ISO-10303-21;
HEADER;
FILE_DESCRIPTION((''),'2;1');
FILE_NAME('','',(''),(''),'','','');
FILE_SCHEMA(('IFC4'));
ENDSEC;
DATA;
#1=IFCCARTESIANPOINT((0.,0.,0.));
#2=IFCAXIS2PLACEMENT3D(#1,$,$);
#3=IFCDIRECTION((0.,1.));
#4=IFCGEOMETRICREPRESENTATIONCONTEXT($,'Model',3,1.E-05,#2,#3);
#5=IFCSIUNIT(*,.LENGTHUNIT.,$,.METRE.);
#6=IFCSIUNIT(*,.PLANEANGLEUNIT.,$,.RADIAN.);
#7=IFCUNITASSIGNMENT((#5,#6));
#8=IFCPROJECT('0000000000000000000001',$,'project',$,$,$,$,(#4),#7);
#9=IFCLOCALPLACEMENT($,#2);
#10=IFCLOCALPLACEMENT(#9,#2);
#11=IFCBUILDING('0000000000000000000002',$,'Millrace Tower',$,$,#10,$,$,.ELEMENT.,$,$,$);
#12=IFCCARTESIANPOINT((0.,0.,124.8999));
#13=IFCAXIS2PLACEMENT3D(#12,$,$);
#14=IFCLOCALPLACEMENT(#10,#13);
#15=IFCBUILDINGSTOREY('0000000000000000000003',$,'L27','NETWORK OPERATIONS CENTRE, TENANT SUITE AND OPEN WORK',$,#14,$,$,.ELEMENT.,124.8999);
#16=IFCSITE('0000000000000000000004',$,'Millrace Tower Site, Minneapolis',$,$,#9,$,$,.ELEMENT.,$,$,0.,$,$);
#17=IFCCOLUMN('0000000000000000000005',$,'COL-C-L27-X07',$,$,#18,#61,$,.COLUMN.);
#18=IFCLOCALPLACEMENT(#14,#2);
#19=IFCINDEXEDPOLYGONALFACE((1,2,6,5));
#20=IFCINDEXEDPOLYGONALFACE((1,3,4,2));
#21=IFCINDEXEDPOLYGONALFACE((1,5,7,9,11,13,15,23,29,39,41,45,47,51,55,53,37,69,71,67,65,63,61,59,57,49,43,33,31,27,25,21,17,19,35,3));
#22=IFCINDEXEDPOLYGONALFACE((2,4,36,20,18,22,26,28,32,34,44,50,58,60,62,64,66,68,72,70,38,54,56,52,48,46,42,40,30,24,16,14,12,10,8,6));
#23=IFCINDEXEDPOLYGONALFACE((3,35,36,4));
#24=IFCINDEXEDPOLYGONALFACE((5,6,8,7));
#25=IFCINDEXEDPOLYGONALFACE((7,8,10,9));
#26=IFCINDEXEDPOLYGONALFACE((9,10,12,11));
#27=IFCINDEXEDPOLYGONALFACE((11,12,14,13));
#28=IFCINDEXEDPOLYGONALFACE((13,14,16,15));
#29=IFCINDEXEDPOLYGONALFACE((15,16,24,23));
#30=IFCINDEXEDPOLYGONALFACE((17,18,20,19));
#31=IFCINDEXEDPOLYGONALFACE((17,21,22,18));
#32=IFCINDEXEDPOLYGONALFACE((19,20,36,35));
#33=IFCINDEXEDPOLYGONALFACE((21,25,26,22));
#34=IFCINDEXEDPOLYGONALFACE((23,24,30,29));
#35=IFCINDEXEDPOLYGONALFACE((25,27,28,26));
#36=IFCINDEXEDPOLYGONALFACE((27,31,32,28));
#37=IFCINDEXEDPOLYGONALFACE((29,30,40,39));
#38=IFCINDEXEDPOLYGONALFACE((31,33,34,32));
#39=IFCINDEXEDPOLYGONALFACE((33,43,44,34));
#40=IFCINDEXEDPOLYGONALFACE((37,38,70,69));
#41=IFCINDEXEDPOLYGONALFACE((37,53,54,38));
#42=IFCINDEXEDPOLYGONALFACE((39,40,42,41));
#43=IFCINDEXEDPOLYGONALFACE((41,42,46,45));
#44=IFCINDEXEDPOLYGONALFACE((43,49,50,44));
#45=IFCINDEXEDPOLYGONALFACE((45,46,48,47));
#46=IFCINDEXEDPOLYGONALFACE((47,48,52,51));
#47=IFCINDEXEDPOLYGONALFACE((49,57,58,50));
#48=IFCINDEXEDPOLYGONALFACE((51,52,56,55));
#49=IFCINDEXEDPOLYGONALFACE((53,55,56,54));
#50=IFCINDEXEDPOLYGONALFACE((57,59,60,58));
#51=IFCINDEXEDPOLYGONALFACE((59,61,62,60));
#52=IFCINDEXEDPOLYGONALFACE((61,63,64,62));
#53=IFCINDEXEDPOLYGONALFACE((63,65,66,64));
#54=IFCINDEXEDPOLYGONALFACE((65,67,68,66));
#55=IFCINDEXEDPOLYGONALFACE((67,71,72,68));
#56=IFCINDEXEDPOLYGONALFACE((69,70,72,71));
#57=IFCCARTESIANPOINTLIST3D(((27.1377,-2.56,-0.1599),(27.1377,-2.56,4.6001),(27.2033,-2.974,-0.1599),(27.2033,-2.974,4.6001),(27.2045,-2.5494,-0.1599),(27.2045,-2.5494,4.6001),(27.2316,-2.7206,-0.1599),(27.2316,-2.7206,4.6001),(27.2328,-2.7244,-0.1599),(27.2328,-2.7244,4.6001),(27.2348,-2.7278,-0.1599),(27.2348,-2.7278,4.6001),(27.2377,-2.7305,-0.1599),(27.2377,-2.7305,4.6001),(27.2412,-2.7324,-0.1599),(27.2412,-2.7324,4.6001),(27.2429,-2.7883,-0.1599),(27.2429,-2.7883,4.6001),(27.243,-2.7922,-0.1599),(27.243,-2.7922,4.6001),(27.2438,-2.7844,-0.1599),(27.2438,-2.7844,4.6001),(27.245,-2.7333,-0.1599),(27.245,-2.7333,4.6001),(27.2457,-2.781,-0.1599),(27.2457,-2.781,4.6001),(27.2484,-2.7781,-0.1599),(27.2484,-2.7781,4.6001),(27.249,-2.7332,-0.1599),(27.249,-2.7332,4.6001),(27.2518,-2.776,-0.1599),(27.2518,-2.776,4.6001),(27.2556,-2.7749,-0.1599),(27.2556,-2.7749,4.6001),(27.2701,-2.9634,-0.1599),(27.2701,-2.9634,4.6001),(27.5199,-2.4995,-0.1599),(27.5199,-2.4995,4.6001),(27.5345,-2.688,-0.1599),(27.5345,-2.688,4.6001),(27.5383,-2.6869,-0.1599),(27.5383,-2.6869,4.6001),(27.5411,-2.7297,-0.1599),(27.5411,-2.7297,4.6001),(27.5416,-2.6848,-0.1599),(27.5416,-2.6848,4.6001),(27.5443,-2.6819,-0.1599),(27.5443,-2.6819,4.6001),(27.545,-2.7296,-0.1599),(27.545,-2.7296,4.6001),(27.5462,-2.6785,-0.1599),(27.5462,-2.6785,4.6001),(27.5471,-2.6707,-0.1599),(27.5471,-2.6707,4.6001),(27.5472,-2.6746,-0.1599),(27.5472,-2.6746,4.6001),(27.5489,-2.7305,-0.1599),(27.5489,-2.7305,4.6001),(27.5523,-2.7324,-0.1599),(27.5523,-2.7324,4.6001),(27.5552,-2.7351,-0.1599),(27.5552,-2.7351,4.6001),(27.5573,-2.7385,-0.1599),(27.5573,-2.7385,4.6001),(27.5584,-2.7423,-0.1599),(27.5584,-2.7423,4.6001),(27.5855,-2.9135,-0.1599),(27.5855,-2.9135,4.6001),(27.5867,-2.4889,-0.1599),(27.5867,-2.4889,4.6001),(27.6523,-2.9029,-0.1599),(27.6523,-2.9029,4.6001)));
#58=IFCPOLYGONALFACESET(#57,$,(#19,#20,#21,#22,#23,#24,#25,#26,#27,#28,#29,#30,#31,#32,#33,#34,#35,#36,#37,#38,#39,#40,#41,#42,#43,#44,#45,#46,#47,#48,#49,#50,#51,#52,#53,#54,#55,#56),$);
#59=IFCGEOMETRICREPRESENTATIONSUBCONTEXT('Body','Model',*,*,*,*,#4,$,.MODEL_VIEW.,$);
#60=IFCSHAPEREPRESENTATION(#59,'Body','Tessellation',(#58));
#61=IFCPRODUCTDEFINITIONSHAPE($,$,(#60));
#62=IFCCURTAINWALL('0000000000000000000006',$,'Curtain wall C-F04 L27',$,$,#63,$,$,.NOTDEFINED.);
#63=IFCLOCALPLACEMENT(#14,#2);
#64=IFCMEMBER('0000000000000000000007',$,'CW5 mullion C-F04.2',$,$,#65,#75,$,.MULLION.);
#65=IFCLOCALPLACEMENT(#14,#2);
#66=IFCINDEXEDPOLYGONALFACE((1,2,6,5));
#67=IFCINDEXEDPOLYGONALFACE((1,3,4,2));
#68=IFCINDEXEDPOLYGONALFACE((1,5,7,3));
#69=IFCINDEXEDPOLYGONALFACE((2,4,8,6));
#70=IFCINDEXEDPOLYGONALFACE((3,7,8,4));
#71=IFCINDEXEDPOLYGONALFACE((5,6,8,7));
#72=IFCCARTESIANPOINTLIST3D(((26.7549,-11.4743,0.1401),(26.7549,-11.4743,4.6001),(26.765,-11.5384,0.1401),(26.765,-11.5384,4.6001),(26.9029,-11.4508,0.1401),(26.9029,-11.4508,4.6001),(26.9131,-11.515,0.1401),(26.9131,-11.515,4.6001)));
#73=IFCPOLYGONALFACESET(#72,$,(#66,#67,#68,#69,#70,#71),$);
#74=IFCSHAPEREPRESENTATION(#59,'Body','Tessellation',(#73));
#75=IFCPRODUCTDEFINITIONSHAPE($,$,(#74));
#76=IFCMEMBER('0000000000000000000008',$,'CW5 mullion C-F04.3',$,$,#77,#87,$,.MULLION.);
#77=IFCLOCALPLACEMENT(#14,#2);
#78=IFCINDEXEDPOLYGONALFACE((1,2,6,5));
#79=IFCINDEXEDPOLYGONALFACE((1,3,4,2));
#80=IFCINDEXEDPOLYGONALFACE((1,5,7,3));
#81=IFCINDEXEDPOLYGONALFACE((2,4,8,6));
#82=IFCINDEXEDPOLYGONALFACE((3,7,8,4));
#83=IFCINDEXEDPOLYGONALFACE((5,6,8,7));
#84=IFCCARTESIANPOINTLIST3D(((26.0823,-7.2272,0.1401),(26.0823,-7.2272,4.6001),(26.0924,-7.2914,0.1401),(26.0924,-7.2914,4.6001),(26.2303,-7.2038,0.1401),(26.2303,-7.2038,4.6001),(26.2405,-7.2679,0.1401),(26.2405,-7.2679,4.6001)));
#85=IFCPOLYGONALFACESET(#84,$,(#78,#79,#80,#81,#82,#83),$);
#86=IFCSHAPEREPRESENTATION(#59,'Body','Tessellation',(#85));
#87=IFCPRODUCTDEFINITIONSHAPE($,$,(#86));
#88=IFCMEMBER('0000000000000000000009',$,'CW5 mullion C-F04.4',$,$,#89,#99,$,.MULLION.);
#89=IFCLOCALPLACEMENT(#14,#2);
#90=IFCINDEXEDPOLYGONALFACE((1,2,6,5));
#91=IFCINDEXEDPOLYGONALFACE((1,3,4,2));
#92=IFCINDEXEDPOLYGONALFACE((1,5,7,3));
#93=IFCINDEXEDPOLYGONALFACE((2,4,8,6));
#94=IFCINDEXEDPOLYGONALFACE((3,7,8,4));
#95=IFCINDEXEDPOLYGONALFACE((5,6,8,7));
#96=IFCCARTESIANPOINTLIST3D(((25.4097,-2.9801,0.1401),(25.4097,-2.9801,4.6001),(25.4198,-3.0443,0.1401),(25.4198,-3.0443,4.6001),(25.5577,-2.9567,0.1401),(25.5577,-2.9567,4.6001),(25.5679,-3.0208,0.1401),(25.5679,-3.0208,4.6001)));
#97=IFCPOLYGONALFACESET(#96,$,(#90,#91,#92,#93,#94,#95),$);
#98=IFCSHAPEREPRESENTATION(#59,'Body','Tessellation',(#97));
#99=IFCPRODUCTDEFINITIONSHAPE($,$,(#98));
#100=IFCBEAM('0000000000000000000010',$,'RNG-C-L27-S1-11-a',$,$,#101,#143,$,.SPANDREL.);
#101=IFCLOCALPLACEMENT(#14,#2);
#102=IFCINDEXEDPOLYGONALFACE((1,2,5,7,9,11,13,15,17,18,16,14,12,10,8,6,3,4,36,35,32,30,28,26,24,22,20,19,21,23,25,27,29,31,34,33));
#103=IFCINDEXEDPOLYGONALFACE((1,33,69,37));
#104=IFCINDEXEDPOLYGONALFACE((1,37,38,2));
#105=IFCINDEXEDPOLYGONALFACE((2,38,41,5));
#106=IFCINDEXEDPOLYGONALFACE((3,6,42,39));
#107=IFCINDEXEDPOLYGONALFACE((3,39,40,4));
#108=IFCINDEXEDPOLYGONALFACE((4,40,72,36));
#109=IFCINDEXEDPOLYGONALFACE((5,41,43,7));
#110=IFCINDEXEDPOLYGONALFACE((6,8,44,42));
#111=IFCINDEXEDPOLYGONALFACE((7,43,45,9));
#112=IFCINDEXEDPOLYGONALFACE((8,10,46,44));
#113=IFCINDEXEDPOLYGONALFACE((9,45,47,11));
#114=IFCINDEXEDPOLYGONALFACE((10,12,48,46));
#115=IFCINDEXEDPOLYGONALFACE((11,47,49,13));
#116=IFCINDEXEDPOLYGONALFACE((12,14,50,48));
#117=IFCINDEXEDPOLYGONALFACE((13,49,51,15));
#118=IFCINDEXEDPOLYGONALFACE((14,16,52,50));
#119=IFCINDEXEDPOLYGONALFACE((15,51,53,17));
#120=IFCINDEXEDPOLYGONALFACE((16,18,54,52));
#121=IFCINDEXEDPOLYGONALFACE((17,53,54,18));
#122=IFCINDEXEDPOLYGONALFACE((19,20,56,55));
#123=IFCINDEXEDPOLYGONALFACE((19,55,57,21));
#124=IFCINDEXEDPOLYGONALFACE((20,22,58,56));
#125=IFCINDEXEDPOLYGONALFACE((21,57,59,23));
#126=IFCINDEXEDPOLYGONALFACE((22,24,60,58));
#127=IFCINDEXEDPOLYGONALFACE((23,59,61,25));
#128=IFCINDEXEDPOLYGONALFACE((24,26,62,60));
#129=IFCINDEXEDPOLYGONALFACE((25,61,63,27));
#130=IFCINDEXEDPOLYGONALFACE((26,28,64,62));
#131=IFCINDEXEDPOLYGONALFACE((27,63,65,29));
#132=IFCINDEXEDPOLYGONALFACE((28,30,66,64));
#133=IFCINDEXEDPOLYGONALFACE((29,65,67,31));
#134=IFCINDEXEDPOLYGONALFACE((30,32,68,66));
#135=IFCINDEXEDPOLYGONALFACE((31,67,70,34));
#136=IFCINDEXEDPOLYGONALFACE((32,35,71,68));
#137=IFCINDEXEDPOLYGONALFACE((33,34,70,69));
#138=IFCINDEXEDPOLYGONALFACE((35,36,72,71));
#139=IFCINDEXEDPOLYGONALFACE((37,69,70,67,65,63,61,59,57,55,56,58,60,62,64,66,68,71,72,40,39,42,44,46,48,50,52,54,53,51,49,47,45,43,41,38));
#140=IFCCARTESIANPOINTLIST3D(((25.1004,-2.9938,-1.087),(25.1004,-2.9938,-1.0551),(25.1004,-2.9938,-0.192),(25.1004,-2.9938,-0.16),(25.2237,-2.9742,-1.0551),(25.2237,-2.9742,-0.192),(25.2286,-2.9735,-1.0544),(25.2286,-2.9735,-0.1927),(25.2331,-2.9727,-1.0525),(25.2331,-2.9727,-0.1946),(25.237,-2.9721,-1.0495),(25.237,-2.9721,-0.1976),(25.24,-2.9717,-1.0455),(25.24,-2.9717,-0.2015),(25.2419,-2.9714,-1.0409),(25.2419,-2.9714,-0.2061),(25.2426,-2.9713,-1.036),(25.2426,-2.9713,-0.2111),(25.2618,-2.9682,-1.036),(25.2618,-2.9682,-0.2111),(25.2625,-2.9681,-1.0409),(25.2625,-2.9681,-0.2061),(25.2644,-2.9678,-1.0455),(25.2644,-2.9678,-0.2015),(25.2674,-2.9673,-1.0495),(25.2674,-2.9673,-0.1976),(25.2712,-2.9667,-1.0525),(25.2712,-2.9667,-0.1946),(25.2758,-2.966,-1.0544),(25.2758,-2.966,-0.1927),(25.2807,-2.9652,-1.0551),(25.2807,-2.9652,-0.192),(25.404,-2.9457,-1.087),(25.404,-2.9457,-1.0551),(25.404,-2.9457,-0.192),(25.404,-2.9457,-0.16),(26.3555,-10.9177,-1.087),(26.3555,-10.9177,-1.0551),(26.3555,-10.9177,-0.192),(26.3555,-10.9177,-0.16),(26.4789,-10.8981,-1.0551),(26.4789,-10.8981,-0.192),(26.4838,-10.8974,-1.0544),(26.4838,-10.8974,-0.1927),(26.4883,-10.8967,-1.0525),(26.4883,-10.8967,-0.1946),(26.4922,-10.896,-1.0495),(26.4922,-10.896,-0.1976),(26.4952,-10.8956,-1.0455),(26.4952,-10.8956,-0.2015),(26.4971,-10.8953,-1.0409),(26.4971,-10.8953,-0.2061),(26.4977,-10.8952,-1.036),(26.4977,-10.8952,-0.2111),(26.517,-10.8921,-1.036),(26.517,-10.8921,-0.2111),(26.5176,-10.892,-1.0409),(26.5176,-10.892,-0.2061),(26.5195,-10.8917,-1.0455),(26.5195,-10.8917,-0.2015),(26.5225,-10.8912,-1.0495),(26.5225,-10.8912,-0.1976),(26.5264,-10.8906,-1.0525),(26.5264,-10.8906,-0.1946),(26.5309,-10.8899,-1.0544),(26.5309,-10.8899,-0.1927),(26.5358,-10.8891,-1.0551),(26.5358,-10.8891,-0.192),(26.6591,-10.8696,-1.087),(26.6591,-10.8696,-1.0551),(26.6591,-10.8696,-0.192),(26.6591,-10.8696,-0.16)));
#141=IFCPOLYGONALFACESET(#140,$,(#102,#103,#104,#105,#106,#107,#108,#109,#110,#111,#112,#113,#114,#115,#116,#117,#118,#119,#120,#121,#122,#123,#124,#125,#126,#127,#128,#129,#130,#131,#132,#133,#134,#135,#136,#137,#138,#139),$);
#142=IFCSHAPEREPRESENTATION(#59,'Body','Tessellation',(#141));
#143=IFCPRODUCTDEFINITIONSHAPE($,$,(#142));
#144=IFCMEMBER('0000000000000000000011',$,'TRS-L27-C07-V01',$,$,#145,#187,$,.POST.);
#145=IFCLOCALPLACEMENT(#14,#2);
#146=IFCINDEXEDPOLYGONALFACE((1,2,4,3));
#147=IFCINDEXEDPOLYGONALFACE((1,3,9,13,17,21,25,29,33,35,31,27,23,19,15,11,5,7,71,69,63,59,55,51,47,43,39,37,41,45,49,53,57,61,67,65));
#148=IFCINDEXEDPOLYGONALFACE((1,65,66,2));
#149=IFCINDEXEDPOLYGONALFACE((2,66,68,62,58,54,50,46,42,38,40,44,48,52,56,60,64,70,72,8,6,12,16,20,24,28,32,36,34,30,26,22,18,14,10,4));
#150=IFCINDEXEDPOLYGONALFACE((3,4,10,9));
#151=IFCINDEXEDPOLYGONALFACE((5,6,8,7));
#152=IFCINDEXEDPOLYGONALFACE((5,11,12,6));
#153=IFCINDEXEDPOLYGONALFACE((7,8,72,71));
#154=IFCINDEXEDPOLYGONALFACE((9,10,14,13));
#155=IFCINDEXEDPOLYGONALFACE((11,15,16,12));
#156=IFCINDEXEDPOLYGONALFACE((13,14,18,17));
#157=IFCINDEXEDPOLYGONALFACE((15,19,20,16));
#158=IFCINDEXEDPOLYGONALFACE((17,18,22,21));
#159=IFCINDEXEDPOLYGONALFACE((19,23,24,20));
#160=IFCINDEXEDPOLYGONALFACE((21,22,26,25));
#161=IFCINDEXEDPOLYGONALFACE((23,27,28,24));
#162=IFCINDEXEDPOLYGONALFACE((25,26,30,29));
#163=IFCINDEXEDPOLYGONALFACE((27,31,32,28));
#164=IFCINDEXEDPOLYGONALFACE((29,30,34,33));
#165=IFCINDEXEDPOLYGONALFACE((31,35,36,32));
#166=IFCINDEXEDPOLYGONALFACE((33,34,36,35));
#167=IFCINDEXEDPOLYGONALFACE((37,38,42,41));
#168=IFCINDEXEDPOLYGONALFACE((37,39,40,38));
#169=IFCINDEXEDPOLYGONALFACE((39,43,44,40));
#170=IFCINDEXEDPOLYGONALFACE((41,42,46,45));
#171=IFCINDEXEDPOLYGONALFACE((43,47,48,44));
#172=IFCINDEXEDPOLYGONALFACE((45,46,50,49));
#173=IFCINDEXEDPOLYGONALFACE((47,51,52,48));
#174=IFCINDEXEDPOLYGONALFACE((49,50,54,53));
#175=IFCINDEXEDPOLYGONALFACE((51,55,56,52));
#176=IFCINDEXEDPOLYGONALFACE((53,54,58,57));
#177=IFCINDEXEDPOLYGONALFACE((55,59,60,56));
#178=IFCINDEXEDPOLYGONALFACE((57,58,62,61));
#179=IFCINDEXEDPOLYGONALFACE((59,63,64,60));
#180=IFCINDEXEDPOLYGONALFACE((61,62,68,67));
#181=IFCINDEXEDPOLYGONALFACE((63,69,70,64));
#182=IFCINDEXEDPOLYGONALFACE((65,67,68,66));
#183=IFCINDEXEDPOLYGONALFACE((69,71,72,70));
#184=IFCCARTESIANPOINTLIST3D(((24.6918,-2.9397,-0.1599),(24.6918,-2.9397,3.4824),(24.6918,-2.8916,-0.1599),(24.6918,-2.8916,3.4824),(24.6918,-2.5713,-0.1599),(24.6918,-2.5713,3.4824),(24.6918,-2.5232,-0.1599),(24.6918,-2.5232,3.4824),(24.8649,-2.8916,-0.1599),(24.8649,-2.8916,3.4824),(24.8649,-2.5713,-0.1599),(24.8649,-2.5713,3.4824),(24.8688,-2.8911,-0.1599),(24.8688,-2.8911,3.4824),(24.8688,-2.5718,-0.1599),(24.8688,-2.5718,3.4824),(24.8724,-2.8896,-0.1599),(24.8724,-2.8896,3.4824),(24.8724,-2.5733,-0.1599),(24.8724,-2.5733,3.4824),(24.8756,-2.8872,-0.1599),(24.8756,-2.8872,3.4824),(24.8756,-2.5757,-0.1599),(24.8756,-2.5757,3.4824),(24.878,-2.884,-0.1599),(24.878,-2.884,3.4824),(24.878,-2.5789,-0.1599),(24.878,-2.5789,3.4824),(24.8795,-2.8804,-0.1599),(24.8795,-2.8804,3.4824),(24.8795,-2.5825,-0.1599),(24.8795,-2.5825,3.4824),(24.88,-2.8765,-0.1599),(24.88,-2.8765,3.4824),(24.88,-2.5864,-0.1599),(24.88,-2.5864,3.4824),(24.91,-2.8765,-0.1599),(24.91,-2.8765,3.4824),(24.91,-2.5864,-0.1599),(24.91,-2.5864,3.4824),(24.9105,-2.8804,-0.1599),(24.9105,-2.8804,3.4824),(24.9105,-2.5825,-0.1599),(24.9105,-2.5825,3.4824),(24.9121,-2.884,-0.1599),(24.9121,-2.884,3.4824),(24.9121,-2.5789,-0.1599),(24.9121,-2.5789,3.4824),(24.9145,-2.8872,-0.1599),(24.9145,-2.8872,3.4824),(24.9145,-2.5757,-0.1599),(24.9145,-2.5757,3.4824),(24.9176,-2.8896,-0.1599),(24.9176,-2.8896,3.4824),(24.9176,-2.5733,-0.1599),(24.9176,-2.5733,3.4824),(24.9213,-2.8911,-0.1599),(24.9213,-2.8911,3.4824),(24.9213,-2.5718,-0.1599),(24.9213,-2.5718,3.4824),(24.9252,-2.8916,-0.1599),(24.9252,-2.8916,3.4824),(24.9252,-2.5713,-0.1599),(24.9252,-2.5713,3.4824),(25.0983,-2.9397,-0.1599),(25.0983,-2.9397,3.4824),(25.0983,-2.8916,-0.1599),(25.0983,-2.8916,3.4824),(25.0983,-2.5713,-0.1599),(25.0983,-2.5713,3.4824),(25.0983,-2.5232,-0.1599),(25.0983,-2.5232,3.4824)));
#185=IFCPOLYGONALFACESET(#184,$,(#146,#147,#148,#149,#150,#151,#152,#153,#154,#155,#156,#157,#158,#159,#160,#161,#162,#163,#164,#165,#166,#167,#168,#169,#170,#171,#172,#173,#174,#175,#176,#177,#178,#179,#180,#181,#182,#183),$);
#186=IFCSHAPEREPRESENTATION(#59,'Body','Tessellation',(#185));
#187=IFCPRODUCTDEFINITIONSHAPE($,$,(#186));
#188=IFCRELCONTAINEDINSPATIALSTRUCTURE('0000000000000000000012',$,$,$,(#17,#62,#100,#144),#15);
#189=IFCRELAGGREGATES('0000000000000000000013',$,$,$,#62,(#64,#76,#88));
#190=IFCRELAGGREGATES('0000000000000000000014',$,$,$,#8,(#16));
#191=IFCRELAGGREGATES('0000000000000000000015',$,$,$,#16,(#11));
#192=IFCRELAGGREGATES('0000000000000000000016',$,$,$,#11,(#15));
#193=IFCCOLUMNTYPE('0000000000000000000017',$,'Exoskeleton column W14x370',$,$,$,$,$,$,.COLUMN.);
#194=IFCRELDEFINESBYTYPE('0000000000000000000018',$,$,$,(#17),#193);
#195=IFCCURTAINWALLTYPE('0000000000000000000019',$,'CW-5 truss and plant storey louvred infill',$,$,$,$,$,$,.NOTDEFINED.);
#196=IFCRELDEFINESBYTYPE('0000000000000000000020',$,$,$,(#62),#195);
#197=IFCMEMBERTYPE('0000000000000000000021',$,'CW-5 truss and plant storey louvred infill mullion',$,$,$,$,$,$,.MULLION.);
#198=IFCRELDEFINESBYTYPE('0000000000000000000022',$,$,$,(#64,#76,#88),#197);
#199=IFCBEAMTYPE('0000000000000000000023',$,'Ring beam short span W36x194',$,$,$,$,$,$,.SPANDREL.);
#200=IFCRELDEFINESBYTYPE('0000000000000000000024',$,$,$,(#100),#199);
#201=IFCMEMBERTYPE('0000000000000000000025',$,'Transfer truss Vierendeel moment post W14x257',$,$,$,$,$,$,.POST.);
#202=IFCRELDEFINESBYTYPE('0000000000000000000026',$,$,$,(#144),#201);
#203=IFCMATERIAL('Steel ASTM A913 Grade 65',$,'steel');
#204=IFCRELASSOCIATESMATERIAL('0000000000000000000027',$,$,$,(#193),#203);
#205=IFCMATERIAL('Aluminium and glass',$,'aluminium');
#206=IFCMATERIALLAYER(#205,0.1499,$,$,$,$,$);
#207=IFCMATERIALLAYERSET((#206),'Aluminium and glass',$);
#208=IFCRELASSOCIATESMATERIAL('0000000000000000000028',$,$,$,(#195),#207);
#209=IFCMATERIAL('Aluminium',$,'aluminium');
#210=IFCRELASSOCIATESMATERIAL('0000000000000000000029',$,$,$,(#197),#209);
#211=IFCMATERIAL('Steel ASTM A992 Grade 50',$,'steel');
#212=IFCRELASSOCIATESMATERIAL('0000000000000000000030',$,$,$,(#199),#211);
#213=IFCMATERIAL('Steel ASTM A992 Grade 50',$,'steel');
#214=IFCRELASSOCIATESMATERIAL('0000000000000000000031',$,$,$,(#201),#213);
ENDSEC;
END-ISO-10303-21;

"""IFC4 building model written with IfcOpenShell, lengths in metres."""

from ifc_helpers import new_model, si_unit, direction, frame, origin, origin_2d, place, context, subcontext, project, spatial, rectangle, i_section, extrude, material, layer, layer_set, material_profile, profile_set, type_object, element, aggregate, save


model = new_model("IFC4")

# Units and contexts
model_context = context("Model", 3, precision=1e-05, world=origin(), true_north=direction((0.0, 1.0)))
body_context = subcontext(model_context, "Body", "Model", "MODEL_VIEW")
ifc_project = project(units=[si_unit("LENGTHUNIT", "METRE"), si_unit("PLANEANGLEUNIT", "RADIAN")], contexts=[model_context])

# Site, building, storey
site_placement = place(None, origin())
site = spatial("IfcSite", under=ifc_project, at=site_placement, Name="Millrace Tower Site, Minneapolis", CompositionType="ELEMENT", RefElevation=0.0)
building_placement = place(site_placement, origin())
building = spatial("IfcBuilding", under=site, at=building_placement, Name="Millrace Tower", CompositionType="ELEMENT")
storey_placement = place(building_placement, frame((0.0, 0.0, 124.8999)))
storey = spatial("IfcBuildingStorey", under=building, at=storey_placement, Name="L27", Description="NETWORK OPERATIONS CENTRE, TENANT SUITE AND OPEN WORK", CompositionType="ELEMENT", Elevation=124.8999)

# Column
ifc_material_1 = material(Name="Steel ASTM A913 Grade 65", Category="steel")
ifc_material_profile_1 = material_profile(ifc_material_1, i_section(OverallWidth=0.4192, OverallDepth=0.4546, WebThickness=0.0422, FlangeThickness=0.0676, FilletRadius=0.0151, at=origin_2d()))
ifc_profile_set_1 = profile_set([ifc_material_profile_1], Name="Steel ASTM A913 Grade 65")
column_type = type_object("IfcColumnType", Name="Exoskeleton column W14x370", PredefinedType="COLUMN", material=ifc_profile_set_1)
column_placement = place(storey_placement, frame((27.395, -2.7314, -0.1599), z_axis=(0.0, 0.0, 1.0), x_axis=(-0.156434, 0.987688, 0.0)))
element("IfcColumn", 1, at=column_placement, inside=storey, type_object=column_type, Name="COL-C-L27-X07", PredefinedType="COLUMN", context=body_context, shape_type="SweptSolid", body=[
    extrude(i_section(OverallWidth=0.4192, OverallDepth=0.4546, WebThickness=0.0422, FlangeThickness=0.0676, FilletRadius=0.0151, at=origin_2d()), origin(), (0.0, 0.0, 1.0), 4.76),
])

# Curtain wall, members
ifc_material_2 = material(Name="Aluminium and glass", Category="aluminium")
ifc_layer_1 = layer(ifc_material_2, 0.1499)
ifc_layer_set_1 = layer_set([ifc_layer_1], Name="Aluminium and glass")
curtain_wall_type = type_object("IfcCurtainWallType", Name="CW-5 truss and plant storey louvred infill", PredefinedType="NOTDEFINED", material=ifc_layer_set_1)
curtain_wall_placement = place(storey_placement, origin())
curtain_wall = element("IfcCurtainWall", 2, at=curtain_wall_placement, inside=storey, type_object=curtain_wall_type, Name="Curtain wall C-F04 L27", PredefinedType="NOTDEFINED")
ifc_material_3 = material(Name="Aluminium", Category="aluminium")
ifc_material_profile_2 = material_profile(ifc_material_3, rectangle(XDim=0.0649, YDim=0.1499, at=origin_2d()))
ifc_profile_set_2 = profile_set([ifc_material_profile_2], Name="Aluminium")
member_type_1 = type_object("IfcMemberType", Name="CW-5 truss and plant storey louvred infill mullion", PredefinedType="MULLION", material=ifc_profile_set_2)
member_1_placement = place(storey_placement, frame((26.834, -11.4946, 0.1401), z_axis=(0.0, 0.0, 1.0), x_axis=(-0.156434, 0.987688, 0.0)))
member_1 = element("IfcMember", 3, at=member_1_placement, type_object=member_type_1, Name="CW5 mullion C-F04.2", PredefinedType="MULLION", context=body_context, shape_type="SweptSolid", body=[
    extrude(rectangle(XDim=0.0649, YDim=0.1499, at=origin_2d()), origin(), (0.0, 0.0, 1.0), 4.46),
])
member_2_placement = place(storey_placement, frame((26.1614, -7.2476, 0.1401), z_axis=(0.0, 0.0, 1.0), x_axis=(-0.156434, 0.987688, 0.0)))
member_2 = element("IfcMember", 4, at=member_2_placement, type_object=member_type_1, Name="CW5 mullion C-F04.3", PredefinedType="MULLION", context=body_context, shape_type="SweptSolid", body=[
    extrude(rectangle(XDim=0.0649, YDim=0.1499, at=origin_2d()), origin(), (0.0, 0.0, 1.0), 4.46),
])
member_3_placement = place(storey_placement, frame((25.4888, -3.0005, 0.1401), z_axis=(0.0, 0.0, 1.0), x_axis=(-0.156434, 0.987688, 0.0)))
member_3 = element("IfcMember", 5, at=member_3_placement, type_object=member_type_1, Name="CW5 mullion C-F04.4", PredefinedType="MULLION", context=body_context, shape_type="SweptSolid", body=[
    extrude(rectangle(XDim=0.0649, YDim=0.1499, at=origin_2d()), origin(), (0.0, 0.0, 1.0), 4.46),
])
aggregate(curtain_wall, [member_1, member_2, member_3])

# Beam
ifc_material_4 = material(Name="Steel ASTM A992 Grade 50", Category="steel")
ifc_material_profile_3 = material_profile(ifc_material_4, i_section(OverallWidth=0.3074, OverallDepth=0.927, WebThickness=0.0195, FlangeThickness=0.032, FilletRadius=0.019, at=origin_2d()))
ifc_profile_set_3 = profile_set([ifc_material_profile_3], Name="Steel ASTM A992 Grade 50")
beam_type_1 = type_object("IfcBeamType", Name="Ring beam short span W36x194", PredefinedType="SPANDREL", material=ifc_profile_set_3)
beam_placement = place(storey_placement, frame((25.2522, -2.9697, -0.6235), z_axis=(0.156449, -0.987686, 0.0), x_axis=(0.987686, 0.156449, 0.0)))
element("IfcBeam", 6, at=beam_placement, inside=storey, type_object=beam_type_1, Name="RNG-C-L27-S1-11-a", PredefinedType="SPANDREL", context=body_context, shape_type="SweptSolid", body=[
    extrude(i_section(OverallWidth=0.3074, OverallDepth=0.927, WebThickness=0.0195, FlangeThickness=0.032, FilletRadius=0.019, at=origin_2d()), origin(), (0.0, 0.0, 1.0), 8.0227),
])

# Member
ifc_material_5 = material(Name="Steel ASTM A992 Grade 50", Category="steel")
ifc_material_profile_4 = material_profile(ifc_material_5, i_section(OverallWidth=0.4065, OverallDepth=0.4165, WebThickness=0.03, FlangeThickness=0.0481, FilletRadius=0.0151, at=origin_2d()))
ifc_profile_set_4 = profile_set([ifc_material_profile_4], Name="Steel ASTM A992 Grade 50")
member_type_2 = type_object("IfcMemberType", Name="Transfer truss Vierendeel moment post W14x257", PredefinedType="POST", material=ifc_profile_set_4)
member_4_placement = place(storey_placement, frame((24.895, -2.7314, -0.1599), z_axis=(0.0, 0.0, 1.0), x_axis=(1.0, 0.0, 0.0)))
element("IfcMember", 7, at=member_4_placement, inside=storey, type_object=member_type_2, Name="TRS-L27-C07-V01", PredefinedType="POST", context=body_context, shape_type="SweptSolid", body=[
    extrude(i_section(OverallWidth=0.4065, OverallDepth=0.4165, WebThickness=0.03, FlangeThickness=0.0481, FilletRadius=0.0151, at=origin_2d()), origin(), (0.0, 0.0, 1.0), 3.6423),
])

save(model, "model.ifc")
